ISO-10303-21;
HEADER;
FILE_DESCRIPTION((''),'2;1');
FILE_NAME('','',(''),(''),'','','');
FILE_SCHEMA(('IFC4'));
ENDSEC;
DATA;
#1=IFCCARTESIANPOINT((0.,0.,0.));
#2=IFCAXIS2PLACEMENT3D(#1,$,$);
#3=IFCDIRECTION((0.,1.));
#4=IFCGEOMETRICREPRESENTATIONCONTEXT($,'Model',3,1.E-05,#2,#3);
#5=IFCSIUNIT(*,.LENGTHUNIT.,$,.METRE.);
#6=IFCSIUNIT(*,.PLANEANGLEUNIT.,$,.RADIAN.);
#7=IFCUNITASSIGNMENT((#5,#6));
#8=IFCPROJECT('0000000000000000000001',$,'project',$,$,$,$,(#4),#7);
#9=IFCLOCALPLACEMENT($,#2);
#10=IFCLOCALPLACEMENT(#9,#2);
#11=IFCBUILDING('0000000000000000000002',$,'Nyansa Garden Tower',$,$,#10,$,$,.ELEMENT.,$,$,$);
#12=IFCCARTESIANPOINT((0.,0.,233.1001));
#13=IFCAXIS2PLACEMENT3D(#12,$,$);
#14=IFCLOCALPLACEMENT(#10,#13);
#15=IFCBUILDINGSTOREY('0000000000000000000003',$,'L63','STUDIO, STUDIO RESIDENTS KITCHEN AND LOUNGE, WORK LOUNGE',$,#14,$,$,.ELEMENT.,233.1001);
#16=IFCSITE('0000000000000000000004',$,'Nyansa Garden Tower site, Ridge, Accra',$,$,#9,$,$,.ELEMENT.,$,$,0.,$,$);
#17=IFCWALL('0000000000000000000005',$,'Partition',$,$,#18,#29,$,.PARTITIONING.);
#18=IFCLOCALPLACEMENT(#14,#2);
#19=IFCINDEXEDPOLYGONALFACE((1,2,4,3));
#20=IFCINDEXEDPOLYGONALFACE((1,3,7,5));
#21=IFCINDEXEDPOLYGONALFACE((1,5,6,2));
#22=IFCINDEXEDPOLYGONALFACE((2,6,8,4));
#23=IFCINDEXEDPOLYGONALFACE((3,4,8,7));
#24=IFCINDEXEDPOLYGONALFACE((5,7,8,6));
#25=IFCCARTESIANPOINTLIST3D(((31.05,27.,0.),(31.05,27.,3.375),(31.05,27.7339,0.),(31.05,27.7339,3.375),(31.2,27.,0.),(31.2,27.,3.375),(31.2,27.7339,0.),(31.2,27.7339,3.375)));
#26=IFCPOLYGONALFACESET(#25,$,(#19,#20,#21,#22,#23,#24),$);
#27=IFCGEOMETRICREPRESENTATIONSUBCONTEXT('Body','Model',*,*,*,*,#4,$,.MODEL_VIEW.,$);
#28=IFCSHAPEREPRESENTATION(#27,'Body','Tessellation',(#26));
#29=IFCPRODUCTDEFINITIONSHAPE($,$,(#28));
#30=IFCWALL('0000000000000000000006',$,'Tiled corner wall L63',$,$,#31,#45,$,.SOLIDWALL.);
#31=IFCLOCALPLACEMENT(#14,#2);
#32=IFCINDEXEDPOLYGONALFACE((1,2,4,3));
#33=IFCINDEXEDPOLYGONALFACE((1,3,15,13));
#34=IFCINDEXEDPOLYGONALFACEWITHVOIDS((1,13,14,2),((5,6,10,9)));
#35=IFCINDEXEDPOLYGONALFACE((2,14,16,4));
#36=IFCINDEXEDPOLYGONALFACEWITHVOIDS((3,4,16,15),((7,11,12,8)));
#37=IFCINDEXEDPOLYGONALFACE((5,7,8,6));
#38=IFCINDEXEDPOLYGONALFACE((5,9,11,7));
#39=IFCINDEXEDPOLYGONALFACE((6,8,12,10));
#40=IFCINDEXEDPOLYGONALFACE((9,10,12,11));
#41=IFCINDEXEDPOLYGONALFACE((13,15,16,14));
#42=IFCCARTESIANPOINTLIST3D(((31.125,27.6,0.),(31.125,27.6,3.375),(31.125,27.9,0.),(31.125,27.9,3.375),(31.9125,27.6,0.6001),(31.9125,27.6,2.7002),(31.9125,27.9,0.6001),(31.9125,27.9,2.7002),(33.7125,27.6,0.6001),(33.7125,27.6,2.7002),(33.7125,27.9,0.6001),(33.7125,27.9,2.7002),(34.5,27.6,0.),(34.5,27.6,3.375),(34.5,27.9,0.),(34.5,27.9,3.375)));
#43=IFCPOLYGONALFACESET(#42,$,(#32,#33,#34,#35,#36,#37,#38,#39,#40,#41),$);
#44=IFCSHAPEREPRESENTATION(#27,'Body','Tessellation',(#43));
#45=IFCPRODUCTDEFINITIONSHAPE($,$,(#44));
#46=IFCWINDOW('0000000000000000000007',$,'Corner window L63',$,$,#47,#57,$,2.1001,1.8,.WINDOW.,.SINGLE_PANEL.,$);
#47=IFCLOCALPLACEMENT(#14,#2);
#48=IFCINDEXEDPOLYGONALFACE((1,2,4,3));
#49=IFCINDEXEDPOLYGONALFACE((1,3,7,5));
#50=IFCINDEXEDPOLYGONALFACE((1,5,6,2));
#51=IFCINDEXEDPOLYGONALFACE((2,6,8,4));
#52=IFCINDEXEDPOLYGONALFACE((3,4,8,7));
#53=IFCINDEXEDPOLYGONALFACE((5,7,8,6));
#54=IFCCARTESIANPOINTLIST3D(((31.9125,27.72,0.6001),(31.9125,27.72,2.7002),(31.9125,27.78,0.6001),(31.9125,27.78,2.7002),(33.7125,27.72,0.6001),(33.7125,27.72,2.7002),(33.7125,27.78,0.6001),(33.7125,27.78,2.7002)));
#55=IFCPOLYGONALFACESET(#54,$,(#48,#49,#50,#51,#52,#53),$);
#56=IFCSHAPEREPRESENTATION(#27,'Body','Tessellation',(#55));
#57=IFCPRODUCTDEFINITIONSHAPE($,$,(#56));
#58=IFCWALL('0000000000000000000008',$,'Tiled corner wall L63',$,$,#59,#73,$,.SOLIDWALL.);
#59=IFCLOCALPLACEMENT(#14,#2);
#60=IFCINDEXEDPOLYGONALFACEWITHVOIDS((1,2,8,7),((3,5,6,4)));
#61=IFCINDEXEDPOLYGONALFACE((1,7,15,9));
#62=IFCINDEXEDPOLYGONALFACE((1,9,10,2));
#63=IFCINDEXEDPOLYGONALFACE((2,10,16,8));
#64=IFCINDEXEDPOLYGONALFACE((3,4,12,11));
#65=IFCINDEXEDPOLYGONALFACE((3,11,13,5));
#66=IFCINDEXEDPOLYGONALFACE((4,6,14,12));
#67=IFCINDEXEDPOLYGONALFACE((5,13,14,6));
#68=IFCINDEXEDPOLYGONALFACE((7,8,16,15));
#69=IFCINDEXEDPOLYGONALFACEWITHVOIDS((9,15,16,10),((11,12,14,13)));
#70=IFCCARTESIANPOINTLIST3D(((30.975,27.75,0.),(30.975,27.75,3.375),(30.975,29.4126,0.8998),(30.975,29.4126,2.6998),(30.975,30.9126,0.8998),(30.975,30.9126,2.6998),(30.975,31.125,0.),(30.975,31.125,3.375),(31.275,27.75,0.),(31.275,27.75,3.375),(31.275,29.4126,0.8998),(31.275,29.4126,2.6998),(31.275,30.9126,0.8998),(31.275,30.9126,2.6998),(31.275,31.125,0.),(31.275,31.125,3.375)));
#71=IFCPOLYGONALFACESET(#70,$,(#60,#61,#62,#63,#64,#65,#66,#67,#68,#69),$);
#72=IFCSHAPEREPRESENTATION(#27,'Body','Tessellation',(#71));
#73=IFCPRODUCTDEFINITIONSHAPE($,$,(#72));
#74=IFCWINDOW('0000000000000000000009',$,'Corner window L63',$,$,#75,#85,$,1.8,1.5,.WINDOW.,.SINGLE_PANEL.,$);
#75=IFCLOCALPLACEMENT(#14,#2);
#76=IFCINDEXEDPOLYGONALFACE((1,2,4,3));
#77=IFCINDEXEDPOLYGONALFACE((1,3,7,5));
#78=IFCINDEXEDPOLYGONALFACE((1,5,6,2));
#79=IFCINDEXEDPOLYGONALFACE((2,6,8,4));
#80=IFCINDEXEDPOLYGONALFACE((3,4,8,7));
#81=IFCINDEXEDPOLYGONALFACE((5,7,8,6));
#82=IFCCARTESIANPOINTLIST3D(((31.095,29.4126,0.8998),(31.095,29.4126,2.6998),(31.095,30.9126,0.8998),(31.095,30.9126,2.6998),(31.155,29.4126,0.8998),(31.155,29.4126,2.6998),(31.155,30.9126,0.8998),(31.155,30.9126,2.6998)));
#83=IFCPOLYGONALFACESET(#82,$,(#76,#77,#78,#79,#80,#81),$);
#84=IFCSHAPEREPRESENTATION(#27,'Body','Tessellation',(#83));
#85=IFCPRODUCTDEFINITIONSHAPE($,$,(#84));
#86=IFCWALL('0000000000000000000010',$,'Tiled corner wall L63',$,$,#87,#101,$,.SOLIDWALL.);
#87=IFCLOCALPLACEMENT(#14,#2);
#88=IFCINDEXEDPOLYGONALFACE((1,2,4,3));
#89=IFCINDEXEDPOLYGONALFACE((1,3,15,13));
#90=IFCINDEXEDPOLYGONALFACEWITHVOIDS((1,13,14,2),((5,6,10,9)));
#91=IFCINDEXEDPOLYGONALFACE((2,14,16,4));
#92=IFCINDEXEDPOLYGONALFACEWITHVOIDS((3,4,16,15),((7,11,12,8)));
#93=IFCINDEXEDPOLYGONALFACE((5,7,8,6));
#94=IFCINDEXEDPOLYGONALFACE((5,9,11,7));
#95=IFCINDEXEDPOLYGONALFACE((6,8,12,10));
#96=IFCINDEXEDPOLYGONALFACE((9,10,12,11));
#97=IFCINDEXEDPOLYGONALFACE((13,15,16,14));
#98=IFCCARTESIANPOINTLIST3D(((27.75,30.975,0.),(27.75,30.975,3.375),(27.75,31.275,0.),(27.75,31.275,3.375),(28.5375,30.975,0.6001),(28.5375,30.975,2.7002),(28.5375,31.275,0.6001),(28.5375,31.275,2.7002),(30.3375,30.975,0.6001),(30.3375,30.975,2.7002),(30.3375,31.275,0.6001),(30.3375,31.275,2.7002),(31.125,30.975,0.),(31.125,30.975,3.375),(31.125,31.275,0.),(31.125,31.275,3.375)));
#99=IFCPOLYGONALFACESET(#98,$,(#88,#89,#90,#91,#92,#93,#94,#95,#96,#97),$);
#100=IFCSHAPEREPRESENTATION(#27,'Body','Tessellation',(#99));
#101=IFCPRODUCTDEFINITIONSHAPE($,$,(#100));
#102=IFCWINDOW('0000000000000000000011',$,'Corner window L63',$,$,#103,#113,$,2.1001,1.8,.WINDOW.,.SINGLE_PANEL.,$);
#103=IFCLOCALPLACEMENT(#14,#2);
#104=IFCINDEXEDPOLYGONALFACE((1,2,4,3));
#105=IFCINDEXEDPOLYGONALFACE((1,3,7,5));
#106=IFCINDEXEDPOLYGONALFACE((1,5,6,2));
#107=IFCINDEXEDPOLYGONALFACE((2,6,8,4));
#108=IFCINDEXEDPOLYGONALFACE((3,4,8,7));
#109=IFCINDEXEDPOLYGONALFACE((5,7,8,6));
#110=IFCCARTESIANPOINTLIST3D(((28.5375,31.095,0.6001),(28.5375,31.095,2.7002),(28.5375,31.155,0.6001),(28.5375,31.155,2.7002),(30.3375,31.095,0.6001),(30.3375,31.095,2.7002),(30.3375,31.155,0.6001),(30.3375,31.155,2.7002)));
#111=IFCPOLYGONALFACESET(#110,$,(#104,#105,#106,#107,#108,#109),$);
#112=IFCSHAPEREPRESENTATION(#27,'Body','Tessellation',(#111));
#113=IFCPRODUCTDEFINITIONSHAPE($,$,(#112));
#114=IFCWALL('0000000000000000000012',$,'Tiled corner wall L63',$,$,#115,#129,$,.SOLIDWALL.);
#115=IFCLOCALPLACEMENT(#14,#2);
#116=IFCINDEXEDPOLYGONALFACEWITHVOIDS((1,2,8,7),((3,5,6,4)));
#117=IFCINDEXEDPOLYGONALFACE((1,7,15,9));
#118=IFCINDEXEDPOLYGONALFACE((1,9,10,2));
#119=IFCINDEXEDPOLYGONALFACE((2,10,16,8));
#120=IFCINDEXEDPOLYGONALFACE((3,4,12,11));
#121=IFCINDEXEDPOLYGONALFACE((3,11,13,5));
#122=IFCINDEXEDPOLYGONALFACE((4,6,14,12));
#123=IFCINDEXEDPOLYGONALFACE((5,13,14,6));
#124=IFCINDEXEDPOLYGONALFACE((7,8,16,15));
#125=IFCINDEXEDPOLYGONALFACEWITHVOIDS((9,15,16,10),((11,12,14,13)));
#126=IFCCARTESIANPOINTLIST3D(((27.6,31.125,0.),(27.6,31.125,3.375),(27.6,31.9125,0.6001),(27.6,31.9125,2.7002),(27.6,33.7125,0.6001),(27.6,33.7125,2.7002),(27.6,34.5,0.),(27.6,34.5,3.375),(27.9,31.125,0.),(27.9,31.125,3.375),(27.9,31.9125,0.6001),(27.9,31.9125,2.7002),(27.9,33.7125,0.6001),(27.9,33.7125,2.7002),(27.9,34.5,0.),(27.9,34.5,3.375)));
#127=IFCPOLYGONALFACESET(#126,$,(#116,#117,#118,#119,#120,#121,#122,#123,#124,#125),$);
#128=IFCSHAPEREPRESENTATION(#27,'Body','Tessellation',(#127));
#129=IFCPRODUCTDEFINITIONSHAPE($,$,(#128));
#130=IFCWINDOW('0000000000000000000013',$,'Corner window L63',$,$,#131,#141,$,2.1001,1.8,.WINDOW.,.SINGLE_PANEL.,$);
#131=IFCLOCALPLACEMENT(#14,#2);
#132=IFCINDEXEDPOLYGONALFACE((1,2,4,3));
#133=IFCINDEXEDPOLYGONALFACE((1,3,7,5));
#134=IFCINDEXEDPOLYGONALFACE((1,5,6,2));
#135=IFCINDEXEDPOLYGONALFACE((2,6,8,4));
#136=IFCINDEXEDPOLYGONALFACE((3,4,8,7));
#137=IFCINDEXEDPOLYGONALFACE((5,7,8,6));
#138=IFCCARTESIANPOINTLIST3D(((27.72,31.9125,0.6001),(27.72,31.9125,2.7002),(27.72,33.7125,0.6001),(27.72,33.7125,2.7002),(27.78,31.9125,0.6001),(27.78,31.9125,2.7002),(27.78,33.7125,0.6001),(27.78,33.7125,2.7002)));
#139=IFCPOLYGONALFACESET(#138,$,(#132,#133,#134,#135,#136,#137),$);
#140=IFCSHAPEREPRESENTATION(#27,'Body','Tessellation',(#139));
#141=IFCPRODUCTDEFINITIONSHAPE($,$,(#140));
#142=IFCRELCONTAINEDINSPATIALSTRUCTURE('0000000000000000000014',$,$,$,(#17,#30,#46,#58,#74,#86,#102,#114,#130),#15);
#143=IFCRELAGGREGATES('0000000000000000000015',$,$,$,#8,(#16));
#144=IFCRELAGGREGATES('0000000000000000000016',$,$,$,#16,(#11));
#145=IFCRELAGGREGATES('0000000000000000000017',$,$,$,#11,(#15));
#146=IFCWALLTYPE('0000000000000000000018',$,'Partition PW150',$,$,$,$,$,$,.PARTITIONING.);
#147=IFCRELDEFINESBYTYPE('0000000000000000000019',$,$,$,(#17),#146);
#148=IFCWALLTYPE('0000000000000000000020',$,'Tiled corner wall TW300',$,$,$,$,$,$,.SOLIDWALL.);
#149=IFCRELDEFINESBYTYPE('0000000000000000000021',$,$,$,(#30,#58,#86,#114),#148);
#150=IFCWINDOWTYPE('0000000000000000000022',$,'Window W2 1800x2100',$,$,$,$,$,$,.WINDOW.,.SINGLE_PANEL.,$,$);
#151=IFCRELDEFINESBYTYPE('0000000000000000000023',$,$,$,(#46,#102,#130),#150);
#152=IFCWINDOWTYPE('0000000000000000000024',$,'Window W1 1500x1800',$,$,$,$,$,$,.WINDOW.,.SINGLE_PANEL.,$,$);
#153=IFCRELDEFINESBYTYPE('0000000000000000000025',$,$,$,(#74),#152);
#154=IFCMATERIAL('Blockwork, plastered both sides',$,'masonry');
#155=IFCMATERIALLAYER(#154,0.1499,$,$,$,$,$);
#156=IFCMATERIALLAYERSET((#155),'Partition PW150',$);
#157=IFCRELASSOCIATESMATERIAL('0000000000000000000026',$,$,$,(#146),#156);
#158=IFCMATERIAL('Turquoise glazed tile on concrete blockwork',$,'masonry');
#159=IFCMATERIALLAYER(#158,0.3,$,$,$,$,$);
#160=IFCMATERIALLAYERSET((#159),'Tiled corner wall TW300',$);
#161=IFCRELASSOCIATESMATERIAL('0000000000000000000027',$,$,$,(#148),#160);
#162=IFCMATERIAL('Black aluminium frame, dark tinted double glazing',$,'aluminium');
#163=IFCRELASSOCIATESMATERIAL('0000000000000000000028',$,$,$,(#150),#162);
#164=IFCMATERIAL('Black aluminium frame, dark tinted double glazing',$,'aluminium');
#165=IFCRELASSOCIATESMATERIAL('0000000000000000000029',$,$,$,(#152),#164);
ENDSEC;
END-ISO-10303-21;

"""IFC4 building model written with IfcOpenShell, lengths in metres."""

from ifc_helpers import new_model, si_unit, direction, frame, frame_2d, origin, place, context, subcontext, project, spatial, rectangle, extrude, material, layer, layer_set, type_object, element, fill, save


model = new_model("IFC4")

# Units and contexts
model_context = context("Model", 3, precision=1e-05, world=origin(), true_north=direction((0.0, 1.0)))
body_context = subcontext(model_context, "Body", "Model", "MODEL_VIEW")
ifc_project = project(units=[si_unit("LENGTHUNIT", "METRE"), si_unit("PLANEANGLEUNIT", "RADIAN")], contexts=[model_context])

# Site, building, storey
site_placement = place(None, origin())
site = spatial("IfcSite", under=ifc_project, at=site_placement, Name="Nyansa Garden Tower site, Ridge, Accra", CompositionType="ELEMENT", RefElevation=0.0)
building_placement = place(site_placement, origin())
building = spatial("IfcBuilding", under=site, at=building_placement, Name="Nyansa Garden Tower", CompositionType="ELEMENT")
storey_placement = place(building_placement, frame((0.0, 0.0, 233.1001)))
storey = spatial("IfcBuildingStorey", under=building, at=storey_placement, Name="L63", Description="STUDIO, STUDIO RESIDENTS KITCHEN AND LOUNGE, WORK LOUNGE", CompositionType="ELEMENT", Elevation=233.1001)

# Wall
ifc_material_1 = material(Name="Blockwork, plastered both sides", Category="masonry")
ifc_layer_1 = layer(ifc_material_1, 0.1499)
ifc_layer_set_1 = layer_set([ifc_layer_1], Name="Partition PW150")
wall_type_1 = type_object("IfcWallType", Name="Partition PW150", PredefinedType="PARTITIONING", material=ifc_layer_set_1)
wall_1_placement = place(storey_placement, frame((31.125, 27.0, 0.0), z_axis=(0.0, 0.0, 1.0), x_axis=(0.0, 1.0, 0.0)))
element("IfcWall", 1, at=wall_1_placement, inside=storey, type_object=wall_type_1, Name="Partition", PredefinedType="PARTITIONING", context=body_context, shape_type="SweptSolid", body=[
    extrude(rectangle(XDim=0.7339, YDim=0.1499, at=frame_2d((0.3669, 0.0))), origin(), (0.0, 0.0, 1.0), 3.375),
])

# Walls, openings, windows
ifc_material_2 = material(Name="Turquoise glazed tile on concrete blockwork", Category="masonry")
ifc_layer_2 = layer(ifc_material_2, 0.3)
ifc_layer_set_2 = layer_set([ifc_layer_2], Name="Tiled corner wall TW300")
wall_type_2 = type_object("IfcWallType", Name="Tiled corner wall TW300", PredefinedType="SOLIDWALL", material=ifc_layer_set_2)
wall_2_placement = place(storey_placement, frame((34.5, 27.75, 0.0), z_axis=(0.0, 0.0, 1.0), x_axis=(-1.0, 0.0, 0.0)))
wall_2 = element("IfcWall", 2, at=wall_2_placement, inside=storey, type_object=wall_type_2, Name="Tiled corner wall L63", PredefinedType="SOLIDWALL", context=body_context, shape_type="SweptSolid", body=[
    extrude(rectangle(XDim=3.375, YDim=0.3, at=frame_2d((1.6875, 0.0))), origin(), (0.0, 0.0, 1.0), 3.375),
])
opening_1_placement = place(wall_2_placement, frame((0.7876, 0.0, 0.6001)))
opening_1 = element("IfcOpeningElement", 3, at=opening_1_placement, cuts=wall_2, PredefinedType="OPENING", context=body_context, shape_type="SweptSolid", body=[
    extrude(rectangle(XDim=1.8, YDim=2.1001, at=frame_2d((0.8999, 1.05))), frame((0.0, 0.1599, 0.0), z_axis=(0.0, -1.0, 0.0), x_axis=(1.0, 0.0, 0.0)), (0.0, 0.0, 1.0), 0.3201),
])
ifc_material_3 = material(Name="Black aluminium frame, dark tinted double glazing", Category="aluminium")
window_type_1 = type_object("IfcWindowType", Name="Window W2 1800x2100", PartitioningType="SINGLE_PANEL", PredefinedType="WINDOW", material=ifc_material_3)
window_1_placement = place(opening_1_placement, origin())
window_1 = element("IfcWindow", 4, at=window_1_placement, inside=storey, type_object=window_type_1, Name="Corner window L63", OverallHeight=2.1001, OverallWidth=1.8, PartitioningType="SINGLE_PANEL", PredefinedType="WINDOW", context=body_context, shape_type="SweptSolid", body=[
    extrude(rectangle(XDim=1.8, YDim=2.1001, at=frame_2d((0.8999, 1.05))), frame((0.0, 0.03, 0.0), z_axis=(0.0, -1.0, 0.0), x_axis=(1.0, 0.0, 0.0)), (0.0, 0.0, 1.0), 0.0601),
])
fill(opening_1, window_1)
wall_3_placement = place(storey_placement, frame((31.125, 27.75, 0.0), z_axis=(0.0, 0.0, 1.0), x_axis=(0.0, 1.0, 0.0)))
wall_3 = element("IfcWall", 5, at=wall_3_placement, inside=storey, type_object=wall_type_2, Name="Tiled corner wall L63", PredefinedType="SOLIDWALL", context=body_context, shape_type="SweptSolid", body=[
    extrude(rectangle(XDim=3.375, YDim=0.3, at=frame_2d((1.6875, 0.0))), origin(), (0.0, 0.0, 1.0), 3.375),
])
opening_2_placement = place(wall_3_placement, frame((1.6626, 0.0, 0.8999)))
opening_2 = element("IfcOpeningElement", 6, at=opening_2_placement, cuts=wall_3, PredefinedType="OPENING", context=body_context, shape_type="SweptSolid", body=[
    extrude(rectangle(XDim=1.5, YDim=1.8, at=frame_2d((0.75, 0.8999))), frame((0.0, 0.1599, 0.0), z_axis=(0.0, -1.0, 0.0), x_axis=(1.0, 0.0, 0.0)), (0.0, 0.0, 1.0), 0.3201),
])
ifc_material_4 = material(Name="Black aluminium frame, dark tinted double glazing", Category="aluminium")
window_type_2 = type_object("IfcWindowType", Name="Window W1 1500x1800", PartitioningType="SINGLE_PANEL", PredefinedType="WINDOW", material=ifc_material_4)
window_2_placement = place(opening_2_placement, origin())
window_2 = element("IfcWindow", 7, at=window_2_placement, inside=storey, type_object=window_type_2, Name="Corner window L63", OverallHeight=1.8, OverallWidth=1.5, PartitioningType="SINGLE_PANEL", PredefinedType="WINDOW", context=body_context, shape_type="SweptSolid", body=[
    extrude(rectangle(XDim=1.5, YDim=1.8, at=frame_2d((0.75, 0.8999))), frame((0.0, 0.03, 0.0), z_axis=(0.0, -1.0, 0.0), x_axis=(1.0, 0.0, 0.0)), (0.0, 0.0, 1.0), 0.0601),
])
fill(opening_2, window_2)
wall_4_placement = place(storey_placement, frame((31.125, 31.125, 0.0), z_axis=(0.0, 0.0, 1.0), x_axis=(-1.0, 0.0, 0.0)))
wall_4 = element("IfcWall", 8, at=wall_4_placement, inside=storey, type_object=wall_type_2, Name="Tiled corner wall L63", PredefinedType="SOLIDWALL", context=body_context, shape_type="SweptSolid", body=[
    extrude(rectangle(XDim=3.375, YDim=0.3, at=frame_2d((1.6875, 0.0))), origin(), (0.0, 0.0, 1.0), 3.375),
])
opening_3_placement = place(wall_4_placement, frame((0.7876, 0.0, 0.6001)))
opening_3 = element("IfcOpeningElement", 9, at=opening_3_placement, cuts=wall_4, PredefinedType="OPENING", context=body_context, shape_type="SweptSolid", body=[
    extrude(rectangle(XDim=1.8, YDim=2.1001, at=frame_2d((0.8999, 1.05))), frame((0.0, 0.1599, 0.0), z_axis=(0.0, -1.0, 0.0), x_axis=(1.0, 0.0, 0.0)), (0.0, 0.0, 1.0), 0.3201),
])
window_3_placement = place(opening_3_placement, origin())
window_3 = element("IfcWindow", 10, at=window_3_placement, inside=storey, type_object=window_type_1, Name="Corner window L63", OverallHeight=2.1001, OverallWidth=1.8, PartitioningType="SINGLE_PANEL", PredefinedType="WINDOW", context=body_context, shape_type="SweptSolid", body=[
    extrude(rectangle(XDim=1.8, YDim=2.1001, at=frame_2d((0.8999, 1.05))), frame((0.0, 0.03, 0.0), z_axis=(0.0, -1.0, 0.0), x_axis=(1.0, 0.0, 0.0)), (0.0, 0.0, 1.0), 0.0601),
])
fill(opening_3, window_3)
wall_5_placement = place(storey_placement, frame((27.75, 31.125, 0.0), z_axis=(0.0, 0.0, 1.0), x_axis=(0.0, 1.0, 0.0)))
wall_5 = element("IfcWall", 11, at=wall_5_placement, inside=storey, type_object=wall_type_2, Name="Tiled corner wall L63", PredefinedType="SOLIDWALL", context=body_context, shape_type="SweptSolid", body=[
    extrude(rectangle(XDim=3.375, YDim=0.3, at=frame_2d((1.6875, 0.0))), origin(), (0.0, 0.0, 1.0), 3.375),
])
opening_4_placement = place(wall_5_placement, frame((0.7876, 0.0, 0.6001)))
opening_4 = element("IfcOpeningElement", 12, at=opening_4_placement, cuts=wall_5, PredefinedType="OPENING", context=body_context, shape_type="SweptSolid", body=[
    extrude(rectangle(XDim=1.8, YDim=2.1001, at=frame_2d((0.8999, 1.05))), frame((0.0, 0.1599, 0.0), z_axis=(0.0, -1.0, 0.0), x_axis=(1.0, 0.0, 0.0)), (0.0, 0.0, 1.0), 0.3201),
])
window_4_placement = place(opening_4_placement, origin())
window_4 = element("IfcWindow", 13, at=window_4_placement, inside=storey, type_object=window_type_1, Name="Corner window L63", OverallHeight=2.1001, OverallWidth=1.8, PartitioningType="SINGLE_PANEL", PredefinedType="WINDOW", context=body_context, shape_type="SweptSolid", body=[
    extrude(rectangle(XDim=1.8, YDim=2.1001, at=frame_2d((0.8999, 1.05))), frame((0.0, 0.03, 0.0), z_axis=(0.0, -1.0, 0.0), x_axis=(1.0, 0.0, 0.0)), (0.0, 0.0, 1.0), 0.0601),
])
fill(opening_4, window_4)

save(model, "model.ifc")
